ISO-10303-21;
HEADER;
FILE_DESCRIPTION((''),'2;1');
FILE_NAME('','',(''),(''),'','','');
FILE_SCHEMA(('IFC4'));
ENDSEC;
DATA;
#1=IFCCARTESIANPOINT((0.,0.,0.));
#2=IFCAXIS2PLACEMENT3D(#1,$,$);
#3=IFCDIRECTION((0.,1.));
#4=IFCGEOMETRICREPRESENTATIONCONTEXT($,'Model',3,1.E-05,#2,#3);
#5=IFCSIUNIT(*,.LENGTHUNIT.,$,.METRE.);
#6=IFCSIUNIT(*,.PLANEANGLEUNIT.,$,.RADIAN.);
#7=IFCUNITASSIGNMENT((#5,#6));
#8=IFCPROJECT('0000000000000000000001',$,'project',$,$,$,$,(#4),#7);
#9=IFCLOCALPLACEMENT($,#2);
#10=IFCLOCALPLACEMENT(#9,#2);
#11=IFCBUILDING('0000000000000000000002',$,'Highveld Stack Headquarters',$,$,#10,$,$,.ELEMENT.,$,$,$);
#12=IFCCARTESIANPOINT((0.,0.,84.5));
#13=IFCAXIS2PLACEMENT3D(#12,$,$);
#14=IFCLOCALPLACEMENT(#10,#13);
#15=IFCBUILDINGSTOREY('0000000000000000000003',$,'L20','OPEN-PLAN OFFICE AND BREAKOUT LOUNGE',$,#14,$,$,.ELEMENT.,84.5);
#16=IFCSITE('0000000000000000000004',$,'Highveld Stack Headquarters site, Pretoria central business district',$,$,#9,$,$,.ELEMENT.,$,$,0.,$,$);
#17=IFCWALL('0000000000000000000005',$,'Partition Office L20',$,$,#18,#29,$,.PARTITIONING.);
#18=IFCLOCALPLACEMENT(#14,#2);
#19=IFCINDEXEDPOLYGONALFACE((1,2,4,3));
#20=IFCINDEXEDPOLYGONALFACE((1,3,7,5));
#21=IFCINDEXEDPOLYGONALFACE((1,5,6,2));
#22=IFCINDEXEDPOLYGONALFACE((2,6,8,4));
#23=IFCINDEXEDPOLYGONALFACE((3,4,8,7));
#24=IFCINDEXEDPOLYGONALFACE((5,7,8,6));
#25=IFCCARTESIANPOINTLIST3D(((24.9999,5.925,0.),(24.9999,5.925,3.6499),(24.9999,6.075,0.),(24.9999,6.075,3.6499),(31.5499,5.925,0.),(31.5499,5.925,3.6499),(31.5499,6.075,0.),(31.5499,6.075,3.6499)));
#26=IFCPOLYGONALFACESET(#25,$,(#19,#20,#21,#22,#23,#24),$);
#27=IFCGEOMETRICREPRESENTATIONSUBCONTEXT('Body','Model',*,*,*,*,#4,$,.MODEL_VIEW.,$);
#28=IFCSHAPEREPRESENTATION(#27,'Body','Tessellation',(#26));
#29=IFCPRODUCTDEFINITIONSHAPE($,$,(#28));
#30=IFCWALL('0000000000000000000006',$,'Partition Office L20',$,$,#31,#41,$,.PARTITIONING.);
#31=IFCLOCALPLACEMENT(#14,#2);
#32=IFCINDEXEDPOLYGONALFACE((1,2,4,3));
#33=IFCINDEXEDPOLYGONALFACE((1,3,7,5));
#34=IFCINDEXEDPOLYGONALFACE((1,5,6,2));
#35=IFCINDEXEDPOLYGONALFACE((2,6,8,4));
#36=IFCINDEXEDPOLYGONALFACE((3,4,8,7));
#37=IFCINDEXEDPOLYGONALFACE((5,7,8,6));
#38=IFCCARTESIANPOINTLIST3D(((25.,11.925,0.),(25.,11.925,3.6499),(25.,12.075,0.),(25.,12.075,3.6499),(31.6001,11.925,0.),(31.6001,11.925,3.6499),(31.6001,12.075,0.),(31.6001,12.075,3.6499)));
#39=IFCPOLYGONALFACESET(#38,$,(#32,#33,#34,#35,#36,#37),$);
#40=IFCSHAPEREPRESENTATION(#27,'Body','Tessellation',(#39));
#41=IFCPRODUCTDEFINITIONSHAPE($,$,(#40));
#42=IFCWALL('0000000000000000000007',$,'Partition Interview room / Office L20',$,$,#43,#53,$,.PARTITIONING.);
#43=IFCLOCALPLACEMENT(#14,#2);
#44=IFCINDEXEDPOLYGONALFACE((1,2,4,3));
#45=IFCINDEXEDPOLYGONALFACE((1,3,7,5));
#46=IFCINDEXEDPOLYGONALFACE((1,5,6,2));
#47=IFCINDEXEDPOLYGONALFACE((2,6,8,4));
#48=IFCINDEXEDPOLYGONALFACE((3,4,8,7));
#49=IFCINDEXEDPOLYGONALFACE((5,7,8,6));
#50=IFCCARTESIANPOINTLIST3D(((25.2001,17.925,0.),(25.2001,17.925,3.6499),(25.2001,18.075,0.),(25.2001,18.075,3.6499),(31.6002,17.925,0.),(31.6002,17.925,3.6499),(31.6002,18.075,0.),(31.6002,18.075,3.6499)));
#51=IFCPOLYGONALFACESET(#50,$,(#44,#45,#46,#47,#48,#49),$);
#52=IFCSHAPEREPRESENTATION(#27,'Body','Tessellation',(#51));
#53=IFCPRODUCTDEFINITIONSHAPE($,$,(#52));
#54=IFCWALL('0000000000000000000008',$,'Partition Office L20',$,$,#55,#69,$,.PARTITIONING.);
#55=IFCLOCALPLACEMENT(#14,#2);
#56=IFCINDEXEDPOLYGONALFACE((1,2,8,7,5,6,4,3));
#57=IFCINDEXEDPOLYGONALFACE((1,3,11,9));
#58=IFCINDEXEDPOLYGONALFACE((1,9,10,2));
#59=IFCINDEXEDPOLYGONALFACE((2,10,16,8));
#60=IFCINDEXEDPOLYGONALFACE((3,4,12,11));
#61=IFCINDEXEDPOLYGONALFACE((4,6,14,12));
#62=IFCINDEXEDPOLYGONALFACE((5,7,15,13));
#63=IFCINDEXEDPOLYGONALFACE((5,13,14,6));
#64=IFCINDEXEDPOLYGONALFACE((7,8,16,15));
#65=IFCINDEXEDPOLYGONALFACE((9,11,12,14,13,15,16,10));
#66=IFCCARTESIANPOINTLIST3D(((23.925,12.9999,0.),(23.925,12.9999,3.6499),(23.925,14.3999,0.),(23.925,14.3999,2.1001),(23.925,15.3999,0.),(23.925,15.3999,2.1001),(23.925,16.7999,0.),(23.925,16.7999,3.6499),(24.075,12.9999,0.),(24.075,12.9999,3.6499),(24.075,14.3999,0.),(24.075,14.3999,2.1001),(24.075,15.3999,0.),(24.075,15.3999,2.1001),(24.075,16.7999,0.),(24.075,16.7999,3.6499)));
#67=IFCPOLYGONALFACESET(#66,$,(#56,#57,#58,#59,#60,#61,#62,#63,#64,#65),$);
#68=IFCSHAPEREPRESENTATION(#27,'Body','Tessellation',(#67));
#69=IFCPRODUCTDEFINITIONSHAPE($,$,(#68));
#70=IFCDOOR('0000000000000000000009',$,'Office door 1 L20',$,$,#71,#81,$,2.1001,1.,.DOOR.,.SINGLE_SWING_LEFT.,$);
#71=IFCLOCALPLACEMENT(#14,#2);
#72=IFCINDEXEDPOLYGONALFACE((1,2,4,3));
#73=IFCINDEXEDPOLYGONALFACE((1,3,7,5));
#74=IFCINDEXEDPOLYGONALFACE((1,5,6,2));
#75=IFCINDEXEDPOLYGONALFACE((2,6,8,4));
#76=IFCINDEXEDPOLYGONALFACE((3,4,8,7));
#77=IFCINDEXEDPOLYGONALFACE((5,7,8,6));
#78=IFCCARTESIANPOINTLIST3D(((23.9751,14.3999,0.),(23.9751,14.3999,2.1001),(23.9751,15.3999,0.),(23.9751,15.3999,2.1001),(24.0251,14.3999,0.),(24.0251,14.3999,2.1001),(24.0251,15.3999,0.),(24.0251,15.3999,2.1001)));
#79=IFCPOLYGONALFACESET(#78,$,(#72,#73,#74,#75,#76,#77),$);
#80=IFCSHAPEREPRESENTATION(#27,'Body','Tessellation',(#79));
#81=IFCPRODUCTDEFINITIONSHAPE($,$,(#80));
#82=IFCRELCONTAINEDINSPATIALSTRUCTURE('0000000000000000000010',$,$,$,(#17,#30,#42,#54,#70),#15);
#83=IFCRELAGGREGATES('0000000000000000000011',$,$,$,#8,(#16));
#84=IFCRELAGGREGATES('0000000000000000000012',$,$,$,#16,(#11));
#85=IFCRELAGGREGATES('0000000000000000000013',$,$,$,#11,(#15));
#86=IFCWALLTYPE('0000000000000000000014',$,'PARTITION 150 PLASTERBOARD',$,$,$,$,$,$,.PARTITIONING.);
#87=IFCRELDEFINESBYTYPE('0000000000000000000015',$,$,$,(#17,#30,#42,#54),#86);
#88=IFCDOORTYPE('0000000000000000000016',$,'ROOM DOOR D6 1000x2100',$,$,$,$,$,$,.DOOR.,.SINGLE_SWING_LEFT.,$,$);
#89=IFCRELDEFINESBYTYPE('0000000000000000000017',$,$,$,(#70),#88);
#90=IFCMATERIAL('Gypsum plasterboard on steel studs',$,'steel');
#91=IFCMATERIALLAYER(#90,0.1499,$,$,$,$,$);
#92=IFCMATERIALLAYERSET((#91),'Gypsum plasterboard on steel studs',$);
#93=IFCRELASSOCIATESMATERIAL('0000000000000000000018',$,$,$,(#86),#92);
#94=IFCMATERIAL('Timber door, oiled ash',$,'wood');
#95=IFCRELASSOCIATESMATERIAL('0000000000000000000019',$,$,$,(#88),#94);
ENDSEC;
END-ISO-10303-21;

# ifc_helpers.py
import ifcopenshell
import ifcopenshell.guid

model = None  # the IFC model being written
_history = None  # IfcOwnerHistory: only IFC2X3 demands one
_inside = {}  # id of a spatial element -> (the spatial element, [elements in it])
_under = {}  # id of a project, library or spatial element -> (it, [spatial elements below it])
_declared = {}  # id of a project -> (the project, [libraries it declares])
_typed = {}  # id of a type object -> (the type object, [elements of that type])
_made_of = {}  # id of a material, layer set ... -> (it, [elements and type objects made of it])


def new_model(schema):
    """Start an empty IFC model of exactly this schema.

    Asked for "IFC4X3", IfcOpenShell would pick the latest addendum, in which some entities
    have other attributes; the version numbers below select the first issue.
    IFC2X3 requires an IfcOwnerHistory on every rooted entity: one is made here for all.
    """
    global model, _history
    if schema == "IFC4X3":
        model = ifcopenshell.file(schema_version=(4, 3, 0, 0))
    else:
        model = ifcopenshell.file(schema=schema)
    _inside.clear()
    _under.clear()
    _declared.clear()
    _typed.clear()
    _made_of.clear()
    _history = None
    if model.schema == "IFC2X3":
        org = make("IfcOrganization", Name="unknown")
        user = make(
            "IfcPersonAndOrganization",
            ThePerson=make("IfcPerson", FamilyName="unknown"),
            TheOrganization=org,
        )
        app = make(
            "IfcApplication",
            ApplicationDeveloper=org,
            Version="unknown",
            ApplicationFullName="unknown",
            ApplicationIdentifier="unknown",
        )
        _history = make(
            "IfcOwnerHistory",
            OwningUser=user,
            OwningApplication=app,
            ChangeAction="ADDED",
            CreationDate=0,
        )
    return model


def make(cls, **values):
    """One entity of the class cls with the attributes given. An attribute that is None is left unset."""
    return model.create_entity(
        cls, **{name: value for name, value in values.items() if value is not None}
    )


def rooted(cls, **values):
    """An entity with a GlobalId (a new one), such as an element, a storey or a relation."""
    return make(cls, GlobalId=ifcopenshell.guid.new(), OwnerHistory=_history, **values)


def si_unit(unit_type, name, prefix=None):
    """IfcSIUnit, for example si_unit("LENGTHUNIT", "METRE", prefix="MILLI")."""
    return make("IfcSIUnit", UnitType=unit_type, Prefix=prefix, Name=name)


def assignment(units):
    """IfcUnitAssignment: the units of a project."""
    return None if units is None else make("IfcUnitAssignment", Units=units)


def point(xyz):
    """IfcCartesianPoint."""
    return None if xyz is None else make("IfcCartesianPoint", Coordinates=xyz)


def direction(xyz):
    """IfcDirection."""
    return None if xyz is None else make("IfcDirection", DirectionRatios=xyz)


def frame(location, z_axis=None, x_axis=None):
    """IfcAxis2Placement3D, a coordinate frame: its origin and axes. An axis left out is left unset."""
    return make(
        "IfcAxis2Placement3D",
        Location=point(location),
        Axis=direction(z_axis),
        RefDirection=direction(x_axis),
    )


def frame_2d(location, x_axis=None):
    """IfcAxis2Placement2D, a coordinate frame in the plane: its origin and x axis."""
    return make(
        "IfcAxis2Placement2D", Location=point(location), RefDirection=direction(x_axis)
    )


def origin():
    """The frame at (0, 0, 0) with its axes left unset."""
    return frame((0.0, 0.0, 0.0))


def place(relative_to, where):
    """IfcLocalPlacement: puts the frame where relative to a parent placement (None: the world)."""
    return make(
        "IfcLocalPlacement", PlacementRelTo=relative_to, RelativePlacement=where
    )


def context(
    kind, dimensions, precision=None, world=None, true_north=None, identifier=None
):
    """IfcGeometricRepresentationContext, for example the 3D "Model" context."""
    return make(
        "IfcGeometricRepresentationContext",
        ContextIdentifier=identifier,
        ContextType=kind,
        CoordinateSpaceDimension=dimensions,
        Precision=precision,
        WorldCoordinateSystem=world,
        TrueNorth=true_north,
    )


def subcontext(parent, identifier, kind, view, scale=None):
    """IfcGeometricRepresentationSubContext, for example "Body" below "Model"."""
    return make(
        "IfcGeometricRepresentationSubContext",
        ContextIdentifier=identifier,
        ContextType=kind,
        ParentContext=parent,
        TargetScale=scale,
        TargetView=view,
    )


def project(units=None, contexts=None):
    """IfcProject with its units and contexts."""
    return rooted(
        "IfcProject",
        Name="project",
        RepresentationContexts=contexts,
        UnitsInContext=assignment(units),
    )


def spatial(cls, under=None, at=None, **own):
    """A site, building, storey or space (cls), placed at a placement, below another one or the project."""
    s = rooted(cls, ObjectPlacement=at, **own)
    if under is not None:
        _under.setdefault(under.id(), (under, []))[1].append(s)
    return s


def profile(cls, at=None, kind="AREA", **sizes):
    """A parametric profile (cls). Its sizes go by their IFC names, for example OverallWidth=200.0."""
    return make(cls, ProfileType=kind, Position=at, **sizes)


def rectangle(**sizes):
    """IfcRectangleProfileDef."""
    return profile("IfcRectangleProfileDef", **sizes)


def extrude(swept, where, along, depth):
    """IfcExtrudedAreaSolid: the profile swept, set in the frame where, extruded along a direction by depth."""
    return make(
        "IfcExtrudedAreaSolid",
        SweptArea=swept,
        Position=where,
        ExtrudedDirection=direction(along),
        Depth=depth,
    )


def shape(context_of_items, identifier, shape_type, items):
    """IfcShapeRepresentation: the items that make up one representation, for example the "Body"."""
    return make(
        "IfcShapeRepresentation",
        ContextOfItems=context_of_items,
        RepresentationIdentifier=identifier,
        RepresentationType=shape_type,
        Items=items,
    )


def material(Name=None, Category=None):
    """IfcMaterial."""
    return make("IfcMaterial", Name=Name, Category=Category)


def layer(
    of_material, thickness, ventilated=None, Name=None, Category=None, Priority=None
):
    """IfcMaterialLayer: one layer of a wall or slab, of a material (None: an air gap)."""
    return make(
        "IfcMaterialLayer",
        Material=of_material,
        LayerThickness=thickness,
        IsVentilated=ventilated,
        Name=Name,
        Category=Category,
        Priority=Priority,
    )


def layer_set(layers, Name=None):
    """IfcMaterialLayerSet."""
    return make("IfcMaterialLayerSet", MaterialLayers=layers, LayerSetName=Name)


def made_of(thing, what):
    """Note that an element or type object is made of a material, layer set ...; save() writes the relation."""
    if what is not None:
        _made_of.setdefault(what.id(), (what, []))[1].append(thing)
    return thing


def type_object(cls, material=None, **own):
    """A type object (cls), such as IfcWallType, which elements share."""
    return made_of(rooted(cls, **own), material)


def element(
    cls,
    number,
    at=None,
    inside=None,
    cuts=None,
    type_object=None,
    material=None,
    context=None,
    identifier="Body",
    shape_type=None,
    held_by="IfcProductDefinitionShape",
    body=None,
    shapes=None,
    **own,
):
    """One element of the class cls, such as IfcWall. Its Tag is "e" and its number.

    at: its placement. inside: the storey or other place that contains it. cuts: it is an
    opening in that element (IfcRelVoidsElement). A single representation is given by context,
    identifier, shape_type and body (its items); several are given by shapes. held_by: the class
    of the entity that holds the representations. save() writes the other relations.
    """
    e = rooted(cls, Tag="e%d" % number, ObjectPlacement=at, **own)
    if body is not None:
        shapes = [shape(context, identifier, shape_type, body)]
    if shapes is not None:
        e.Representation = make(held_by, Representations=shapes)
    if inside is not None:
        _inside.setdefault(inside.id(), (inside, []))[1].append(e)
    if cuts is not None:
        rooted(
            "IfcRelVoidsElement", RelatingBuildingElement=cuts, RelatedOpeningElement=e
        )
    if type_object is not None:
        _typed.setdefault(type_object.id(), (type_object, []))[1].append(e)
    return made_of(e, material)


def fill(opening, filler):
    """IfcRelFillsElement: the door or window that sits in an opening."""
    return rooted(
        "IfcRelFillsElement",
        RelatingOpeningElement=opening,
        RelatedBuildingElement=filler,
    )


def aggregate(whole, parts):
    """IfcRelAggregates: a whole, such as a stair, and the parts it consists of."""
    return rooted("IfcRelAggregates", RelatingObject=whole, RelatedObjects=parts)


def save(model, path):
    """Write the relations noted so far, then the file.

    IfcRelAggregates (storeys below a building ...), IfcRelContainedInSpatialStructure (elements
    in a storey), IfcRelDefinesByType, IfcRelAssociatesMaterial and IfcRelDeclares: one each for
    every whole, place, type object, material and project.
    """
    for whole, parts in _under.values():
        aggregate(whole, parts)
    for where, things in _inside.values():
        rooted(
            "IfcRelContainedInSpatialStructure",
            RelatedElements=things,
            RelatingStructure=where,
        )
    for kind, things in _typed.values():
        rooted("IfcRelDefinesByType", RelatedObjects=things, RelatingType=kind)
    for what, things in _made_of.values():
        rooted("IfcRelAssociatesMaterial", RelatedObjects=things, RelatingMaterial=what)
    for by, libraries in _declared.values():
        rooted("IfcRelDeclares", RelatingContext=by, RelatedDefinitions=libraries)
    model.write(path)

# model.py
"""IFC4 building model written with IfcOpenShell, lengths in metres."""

from ifc_helpers import new_model, si_unit, direction, frame, frame_2d, origin, place, context, subcontext, project, spatial, rectangle, extrude, material, layer, layer_set, type_object, element, fill, save


model = new_model("IFC4")

# Units and contexts
model_context = context("Model", 3, precision=1e-05, world=origin(), true_north=direction((0.0, 1.0)))
body_context = subcontext(model_context, "Body", "Model", "MODEL_VIEW")
ifc_project = project(units=[si_unit("LENGTHUNIT", "METRE"), si_unit("PLANEANGLEUNIT", "RADIAN")], contexts=[model_context])

# Site, building, storey
site_placement = place(None, origin())
site = spatial("IfcSite", under=ifc_project, at=site_placement, Name="Highveld Stack Headquarters site, Pretoria central business district", CompositionType="ELEMENT", RefElevation=0.0)
building_placement = place(site_placement, origin())
building = spatial("IfcBuilding", under=site, at=building_placement, Name="Highveld Stack Headquarters", CompositionType="ELEMENT")
storey_placement = place(building_placement, frame((0.0, 0.0, 84.5)))
storey = spatial("IfcBuildingStorey", under=building, at=storey_placement, Name="L20", Description="OPEN-PLAN OFFICE AND BREAKOUT LOUNGE", CompositionType="ELEMENT", Elevation=84.5)

# Walls
ifc_material_1 = material(Name="Gypsum plasterboard on steel studs", Category="steel")
ifc_layer_1 = layer(ifc_material_1, 0.1499)
ifc_layer_set_1 = layer_set([ifc_layer_1], Name="Gypsum plasterboard on steel studs")
wall_type = type_object("IfcWallType", Name="PARTITION 150 PLASTERBOARD", PredefinedType="PARTITIONING", material=ifc_layer_set_1)
wall_1_placement = place(storey_placement, frame((25.0, 6.0, 0.0), z_axis=(0.0, 0.0, 1.0), x_axis=(1.0, 0.0, 0.0)))
element("IfcWall", 1, at=wall_1_placement, inside=storey, type_object=wall_type, Name="Partition Office L20", PredefinedType="PARTITIONING", context=body_context, shape_type="SweptSolid", body=[
    extrude(rectangle(XDim=6.55, YDim=0.1499, at=frame_2d((3.2749, 0.0))), origin(), (0.0, 0.0, 1.0), 3.6499),
])
wall_2_placement = place(storey_placement, frame((25.0, 12.0, 0.0), z_axis=(0.0, 0.0, 1.0), x_axis=(1.0, 0.0, 0.0)))
element("IfcWall", 2, at=wall_2_placement, inside=storey, type_object=wall_type, Name="Partition Office L20", PredefinedType="PARTITIONING", context=body_context, shape_type="SweptSolid", body=[
    extrude(rectangle(XDim=6.6001, YDim=0.1499, at=frame_2d((3.3, 0.0))), origin(), (0.0, 0.0, 1.0), 3.6499),
])
wall_3_placement = place(storey_placement, frame((25.2, 18.0, 0.0), z_axis=(0.0, 0.0, 1.0), x_axis=(1.0, 0.0, 0.0)))
element("IfcWall", 3, at=wall_3_placement, inside=storey, type_object=wall_type, Name="Partition Interview room / Office L20", PredefinedType="PARTITIONING", context=body_context, shape_type="SweptSolid", body=[
    extrude(rectangle(XDim=6.4001, YDim=0.1499, at=frame_2d((3.2002, 0.0))), origin(), (0.0, 0.0, 1.0), 3.6499),
])

# Wall, opening, door
wall_4_placement = place(storey_placement, frame((24.0, 13.0, 0.0), z_axis=(0.0, 0.0, 1.0), x_axis=(0.0, 1.0, 0.0)))
wall_4 = element("IfcWall", 4, at=wall_4_placement, inside=storey, type_object=wall_type, Name="Partition Office L20", PredefinedType="PARTITIONING", context=body_context, shape_type="SweptSolid", body=[
    extrude(rectangle(XDim=3.8, YDim=0.1499, at=frame_2d((1.8999, 0.0))), origin(), (0.0, 0.0, 1.0), 3.6499),
])
opening_placement = place(wall_4_placement, frame((1.3999, 0.0, 0.0)))
opening = element("IfcOpeningElement", 5, at=opening_placement, cuts=wall_4, PredefinedType="OPENING", context=body_context, shape_type="SweptSolid", body=[
    extrude(rectangle(XDim=1.0, YDim=2.1001, at=frame_2d((0.5, 1.05))), frame((0.0, 0.085, 0.0), z_axis=(0.0, -1.0, 0.0), x_axis=(1.0, 0.0, 0.0)), (0.0, 0.0, 1.0), 0.1699),
])
ifc_material_2 = material(Name="Timber door, oiled ash", Category="wood")
door_type = type_object("IfcDoorType", Name="ROOM DOOR D6 1000x2100", OperationType="SINGLE_SWING_LEFT", PredefinedType="DOOR", material=ifc_material_2)
door_placement = place(opening_placement, origin())
door = element("IfcDoor", 6, at=door_placement, inside=storey, type_object=door_type, Name="Office door 1 L20", OperationType="SINGLE_SWING_LEFT", OverallHeight=2.1001, OverallWidth=1.0, PredefinedType="DOOR", context=body_context, shape_type="SweptSolid", body=[
    extrude(rectangle(XDim=1.0, YDim=2.1001, at=frame_2d((0.5, 1.05))), frame((0.0, 0.0249, 0.0), z_axis=(0.0, -1.0, 0.0), x_axis=(1.0, 0.0, 0.0)), (0.0, 0.0, 1.0), 0.05),
])
fill(opening, door)

save(model, "model.ifc")
